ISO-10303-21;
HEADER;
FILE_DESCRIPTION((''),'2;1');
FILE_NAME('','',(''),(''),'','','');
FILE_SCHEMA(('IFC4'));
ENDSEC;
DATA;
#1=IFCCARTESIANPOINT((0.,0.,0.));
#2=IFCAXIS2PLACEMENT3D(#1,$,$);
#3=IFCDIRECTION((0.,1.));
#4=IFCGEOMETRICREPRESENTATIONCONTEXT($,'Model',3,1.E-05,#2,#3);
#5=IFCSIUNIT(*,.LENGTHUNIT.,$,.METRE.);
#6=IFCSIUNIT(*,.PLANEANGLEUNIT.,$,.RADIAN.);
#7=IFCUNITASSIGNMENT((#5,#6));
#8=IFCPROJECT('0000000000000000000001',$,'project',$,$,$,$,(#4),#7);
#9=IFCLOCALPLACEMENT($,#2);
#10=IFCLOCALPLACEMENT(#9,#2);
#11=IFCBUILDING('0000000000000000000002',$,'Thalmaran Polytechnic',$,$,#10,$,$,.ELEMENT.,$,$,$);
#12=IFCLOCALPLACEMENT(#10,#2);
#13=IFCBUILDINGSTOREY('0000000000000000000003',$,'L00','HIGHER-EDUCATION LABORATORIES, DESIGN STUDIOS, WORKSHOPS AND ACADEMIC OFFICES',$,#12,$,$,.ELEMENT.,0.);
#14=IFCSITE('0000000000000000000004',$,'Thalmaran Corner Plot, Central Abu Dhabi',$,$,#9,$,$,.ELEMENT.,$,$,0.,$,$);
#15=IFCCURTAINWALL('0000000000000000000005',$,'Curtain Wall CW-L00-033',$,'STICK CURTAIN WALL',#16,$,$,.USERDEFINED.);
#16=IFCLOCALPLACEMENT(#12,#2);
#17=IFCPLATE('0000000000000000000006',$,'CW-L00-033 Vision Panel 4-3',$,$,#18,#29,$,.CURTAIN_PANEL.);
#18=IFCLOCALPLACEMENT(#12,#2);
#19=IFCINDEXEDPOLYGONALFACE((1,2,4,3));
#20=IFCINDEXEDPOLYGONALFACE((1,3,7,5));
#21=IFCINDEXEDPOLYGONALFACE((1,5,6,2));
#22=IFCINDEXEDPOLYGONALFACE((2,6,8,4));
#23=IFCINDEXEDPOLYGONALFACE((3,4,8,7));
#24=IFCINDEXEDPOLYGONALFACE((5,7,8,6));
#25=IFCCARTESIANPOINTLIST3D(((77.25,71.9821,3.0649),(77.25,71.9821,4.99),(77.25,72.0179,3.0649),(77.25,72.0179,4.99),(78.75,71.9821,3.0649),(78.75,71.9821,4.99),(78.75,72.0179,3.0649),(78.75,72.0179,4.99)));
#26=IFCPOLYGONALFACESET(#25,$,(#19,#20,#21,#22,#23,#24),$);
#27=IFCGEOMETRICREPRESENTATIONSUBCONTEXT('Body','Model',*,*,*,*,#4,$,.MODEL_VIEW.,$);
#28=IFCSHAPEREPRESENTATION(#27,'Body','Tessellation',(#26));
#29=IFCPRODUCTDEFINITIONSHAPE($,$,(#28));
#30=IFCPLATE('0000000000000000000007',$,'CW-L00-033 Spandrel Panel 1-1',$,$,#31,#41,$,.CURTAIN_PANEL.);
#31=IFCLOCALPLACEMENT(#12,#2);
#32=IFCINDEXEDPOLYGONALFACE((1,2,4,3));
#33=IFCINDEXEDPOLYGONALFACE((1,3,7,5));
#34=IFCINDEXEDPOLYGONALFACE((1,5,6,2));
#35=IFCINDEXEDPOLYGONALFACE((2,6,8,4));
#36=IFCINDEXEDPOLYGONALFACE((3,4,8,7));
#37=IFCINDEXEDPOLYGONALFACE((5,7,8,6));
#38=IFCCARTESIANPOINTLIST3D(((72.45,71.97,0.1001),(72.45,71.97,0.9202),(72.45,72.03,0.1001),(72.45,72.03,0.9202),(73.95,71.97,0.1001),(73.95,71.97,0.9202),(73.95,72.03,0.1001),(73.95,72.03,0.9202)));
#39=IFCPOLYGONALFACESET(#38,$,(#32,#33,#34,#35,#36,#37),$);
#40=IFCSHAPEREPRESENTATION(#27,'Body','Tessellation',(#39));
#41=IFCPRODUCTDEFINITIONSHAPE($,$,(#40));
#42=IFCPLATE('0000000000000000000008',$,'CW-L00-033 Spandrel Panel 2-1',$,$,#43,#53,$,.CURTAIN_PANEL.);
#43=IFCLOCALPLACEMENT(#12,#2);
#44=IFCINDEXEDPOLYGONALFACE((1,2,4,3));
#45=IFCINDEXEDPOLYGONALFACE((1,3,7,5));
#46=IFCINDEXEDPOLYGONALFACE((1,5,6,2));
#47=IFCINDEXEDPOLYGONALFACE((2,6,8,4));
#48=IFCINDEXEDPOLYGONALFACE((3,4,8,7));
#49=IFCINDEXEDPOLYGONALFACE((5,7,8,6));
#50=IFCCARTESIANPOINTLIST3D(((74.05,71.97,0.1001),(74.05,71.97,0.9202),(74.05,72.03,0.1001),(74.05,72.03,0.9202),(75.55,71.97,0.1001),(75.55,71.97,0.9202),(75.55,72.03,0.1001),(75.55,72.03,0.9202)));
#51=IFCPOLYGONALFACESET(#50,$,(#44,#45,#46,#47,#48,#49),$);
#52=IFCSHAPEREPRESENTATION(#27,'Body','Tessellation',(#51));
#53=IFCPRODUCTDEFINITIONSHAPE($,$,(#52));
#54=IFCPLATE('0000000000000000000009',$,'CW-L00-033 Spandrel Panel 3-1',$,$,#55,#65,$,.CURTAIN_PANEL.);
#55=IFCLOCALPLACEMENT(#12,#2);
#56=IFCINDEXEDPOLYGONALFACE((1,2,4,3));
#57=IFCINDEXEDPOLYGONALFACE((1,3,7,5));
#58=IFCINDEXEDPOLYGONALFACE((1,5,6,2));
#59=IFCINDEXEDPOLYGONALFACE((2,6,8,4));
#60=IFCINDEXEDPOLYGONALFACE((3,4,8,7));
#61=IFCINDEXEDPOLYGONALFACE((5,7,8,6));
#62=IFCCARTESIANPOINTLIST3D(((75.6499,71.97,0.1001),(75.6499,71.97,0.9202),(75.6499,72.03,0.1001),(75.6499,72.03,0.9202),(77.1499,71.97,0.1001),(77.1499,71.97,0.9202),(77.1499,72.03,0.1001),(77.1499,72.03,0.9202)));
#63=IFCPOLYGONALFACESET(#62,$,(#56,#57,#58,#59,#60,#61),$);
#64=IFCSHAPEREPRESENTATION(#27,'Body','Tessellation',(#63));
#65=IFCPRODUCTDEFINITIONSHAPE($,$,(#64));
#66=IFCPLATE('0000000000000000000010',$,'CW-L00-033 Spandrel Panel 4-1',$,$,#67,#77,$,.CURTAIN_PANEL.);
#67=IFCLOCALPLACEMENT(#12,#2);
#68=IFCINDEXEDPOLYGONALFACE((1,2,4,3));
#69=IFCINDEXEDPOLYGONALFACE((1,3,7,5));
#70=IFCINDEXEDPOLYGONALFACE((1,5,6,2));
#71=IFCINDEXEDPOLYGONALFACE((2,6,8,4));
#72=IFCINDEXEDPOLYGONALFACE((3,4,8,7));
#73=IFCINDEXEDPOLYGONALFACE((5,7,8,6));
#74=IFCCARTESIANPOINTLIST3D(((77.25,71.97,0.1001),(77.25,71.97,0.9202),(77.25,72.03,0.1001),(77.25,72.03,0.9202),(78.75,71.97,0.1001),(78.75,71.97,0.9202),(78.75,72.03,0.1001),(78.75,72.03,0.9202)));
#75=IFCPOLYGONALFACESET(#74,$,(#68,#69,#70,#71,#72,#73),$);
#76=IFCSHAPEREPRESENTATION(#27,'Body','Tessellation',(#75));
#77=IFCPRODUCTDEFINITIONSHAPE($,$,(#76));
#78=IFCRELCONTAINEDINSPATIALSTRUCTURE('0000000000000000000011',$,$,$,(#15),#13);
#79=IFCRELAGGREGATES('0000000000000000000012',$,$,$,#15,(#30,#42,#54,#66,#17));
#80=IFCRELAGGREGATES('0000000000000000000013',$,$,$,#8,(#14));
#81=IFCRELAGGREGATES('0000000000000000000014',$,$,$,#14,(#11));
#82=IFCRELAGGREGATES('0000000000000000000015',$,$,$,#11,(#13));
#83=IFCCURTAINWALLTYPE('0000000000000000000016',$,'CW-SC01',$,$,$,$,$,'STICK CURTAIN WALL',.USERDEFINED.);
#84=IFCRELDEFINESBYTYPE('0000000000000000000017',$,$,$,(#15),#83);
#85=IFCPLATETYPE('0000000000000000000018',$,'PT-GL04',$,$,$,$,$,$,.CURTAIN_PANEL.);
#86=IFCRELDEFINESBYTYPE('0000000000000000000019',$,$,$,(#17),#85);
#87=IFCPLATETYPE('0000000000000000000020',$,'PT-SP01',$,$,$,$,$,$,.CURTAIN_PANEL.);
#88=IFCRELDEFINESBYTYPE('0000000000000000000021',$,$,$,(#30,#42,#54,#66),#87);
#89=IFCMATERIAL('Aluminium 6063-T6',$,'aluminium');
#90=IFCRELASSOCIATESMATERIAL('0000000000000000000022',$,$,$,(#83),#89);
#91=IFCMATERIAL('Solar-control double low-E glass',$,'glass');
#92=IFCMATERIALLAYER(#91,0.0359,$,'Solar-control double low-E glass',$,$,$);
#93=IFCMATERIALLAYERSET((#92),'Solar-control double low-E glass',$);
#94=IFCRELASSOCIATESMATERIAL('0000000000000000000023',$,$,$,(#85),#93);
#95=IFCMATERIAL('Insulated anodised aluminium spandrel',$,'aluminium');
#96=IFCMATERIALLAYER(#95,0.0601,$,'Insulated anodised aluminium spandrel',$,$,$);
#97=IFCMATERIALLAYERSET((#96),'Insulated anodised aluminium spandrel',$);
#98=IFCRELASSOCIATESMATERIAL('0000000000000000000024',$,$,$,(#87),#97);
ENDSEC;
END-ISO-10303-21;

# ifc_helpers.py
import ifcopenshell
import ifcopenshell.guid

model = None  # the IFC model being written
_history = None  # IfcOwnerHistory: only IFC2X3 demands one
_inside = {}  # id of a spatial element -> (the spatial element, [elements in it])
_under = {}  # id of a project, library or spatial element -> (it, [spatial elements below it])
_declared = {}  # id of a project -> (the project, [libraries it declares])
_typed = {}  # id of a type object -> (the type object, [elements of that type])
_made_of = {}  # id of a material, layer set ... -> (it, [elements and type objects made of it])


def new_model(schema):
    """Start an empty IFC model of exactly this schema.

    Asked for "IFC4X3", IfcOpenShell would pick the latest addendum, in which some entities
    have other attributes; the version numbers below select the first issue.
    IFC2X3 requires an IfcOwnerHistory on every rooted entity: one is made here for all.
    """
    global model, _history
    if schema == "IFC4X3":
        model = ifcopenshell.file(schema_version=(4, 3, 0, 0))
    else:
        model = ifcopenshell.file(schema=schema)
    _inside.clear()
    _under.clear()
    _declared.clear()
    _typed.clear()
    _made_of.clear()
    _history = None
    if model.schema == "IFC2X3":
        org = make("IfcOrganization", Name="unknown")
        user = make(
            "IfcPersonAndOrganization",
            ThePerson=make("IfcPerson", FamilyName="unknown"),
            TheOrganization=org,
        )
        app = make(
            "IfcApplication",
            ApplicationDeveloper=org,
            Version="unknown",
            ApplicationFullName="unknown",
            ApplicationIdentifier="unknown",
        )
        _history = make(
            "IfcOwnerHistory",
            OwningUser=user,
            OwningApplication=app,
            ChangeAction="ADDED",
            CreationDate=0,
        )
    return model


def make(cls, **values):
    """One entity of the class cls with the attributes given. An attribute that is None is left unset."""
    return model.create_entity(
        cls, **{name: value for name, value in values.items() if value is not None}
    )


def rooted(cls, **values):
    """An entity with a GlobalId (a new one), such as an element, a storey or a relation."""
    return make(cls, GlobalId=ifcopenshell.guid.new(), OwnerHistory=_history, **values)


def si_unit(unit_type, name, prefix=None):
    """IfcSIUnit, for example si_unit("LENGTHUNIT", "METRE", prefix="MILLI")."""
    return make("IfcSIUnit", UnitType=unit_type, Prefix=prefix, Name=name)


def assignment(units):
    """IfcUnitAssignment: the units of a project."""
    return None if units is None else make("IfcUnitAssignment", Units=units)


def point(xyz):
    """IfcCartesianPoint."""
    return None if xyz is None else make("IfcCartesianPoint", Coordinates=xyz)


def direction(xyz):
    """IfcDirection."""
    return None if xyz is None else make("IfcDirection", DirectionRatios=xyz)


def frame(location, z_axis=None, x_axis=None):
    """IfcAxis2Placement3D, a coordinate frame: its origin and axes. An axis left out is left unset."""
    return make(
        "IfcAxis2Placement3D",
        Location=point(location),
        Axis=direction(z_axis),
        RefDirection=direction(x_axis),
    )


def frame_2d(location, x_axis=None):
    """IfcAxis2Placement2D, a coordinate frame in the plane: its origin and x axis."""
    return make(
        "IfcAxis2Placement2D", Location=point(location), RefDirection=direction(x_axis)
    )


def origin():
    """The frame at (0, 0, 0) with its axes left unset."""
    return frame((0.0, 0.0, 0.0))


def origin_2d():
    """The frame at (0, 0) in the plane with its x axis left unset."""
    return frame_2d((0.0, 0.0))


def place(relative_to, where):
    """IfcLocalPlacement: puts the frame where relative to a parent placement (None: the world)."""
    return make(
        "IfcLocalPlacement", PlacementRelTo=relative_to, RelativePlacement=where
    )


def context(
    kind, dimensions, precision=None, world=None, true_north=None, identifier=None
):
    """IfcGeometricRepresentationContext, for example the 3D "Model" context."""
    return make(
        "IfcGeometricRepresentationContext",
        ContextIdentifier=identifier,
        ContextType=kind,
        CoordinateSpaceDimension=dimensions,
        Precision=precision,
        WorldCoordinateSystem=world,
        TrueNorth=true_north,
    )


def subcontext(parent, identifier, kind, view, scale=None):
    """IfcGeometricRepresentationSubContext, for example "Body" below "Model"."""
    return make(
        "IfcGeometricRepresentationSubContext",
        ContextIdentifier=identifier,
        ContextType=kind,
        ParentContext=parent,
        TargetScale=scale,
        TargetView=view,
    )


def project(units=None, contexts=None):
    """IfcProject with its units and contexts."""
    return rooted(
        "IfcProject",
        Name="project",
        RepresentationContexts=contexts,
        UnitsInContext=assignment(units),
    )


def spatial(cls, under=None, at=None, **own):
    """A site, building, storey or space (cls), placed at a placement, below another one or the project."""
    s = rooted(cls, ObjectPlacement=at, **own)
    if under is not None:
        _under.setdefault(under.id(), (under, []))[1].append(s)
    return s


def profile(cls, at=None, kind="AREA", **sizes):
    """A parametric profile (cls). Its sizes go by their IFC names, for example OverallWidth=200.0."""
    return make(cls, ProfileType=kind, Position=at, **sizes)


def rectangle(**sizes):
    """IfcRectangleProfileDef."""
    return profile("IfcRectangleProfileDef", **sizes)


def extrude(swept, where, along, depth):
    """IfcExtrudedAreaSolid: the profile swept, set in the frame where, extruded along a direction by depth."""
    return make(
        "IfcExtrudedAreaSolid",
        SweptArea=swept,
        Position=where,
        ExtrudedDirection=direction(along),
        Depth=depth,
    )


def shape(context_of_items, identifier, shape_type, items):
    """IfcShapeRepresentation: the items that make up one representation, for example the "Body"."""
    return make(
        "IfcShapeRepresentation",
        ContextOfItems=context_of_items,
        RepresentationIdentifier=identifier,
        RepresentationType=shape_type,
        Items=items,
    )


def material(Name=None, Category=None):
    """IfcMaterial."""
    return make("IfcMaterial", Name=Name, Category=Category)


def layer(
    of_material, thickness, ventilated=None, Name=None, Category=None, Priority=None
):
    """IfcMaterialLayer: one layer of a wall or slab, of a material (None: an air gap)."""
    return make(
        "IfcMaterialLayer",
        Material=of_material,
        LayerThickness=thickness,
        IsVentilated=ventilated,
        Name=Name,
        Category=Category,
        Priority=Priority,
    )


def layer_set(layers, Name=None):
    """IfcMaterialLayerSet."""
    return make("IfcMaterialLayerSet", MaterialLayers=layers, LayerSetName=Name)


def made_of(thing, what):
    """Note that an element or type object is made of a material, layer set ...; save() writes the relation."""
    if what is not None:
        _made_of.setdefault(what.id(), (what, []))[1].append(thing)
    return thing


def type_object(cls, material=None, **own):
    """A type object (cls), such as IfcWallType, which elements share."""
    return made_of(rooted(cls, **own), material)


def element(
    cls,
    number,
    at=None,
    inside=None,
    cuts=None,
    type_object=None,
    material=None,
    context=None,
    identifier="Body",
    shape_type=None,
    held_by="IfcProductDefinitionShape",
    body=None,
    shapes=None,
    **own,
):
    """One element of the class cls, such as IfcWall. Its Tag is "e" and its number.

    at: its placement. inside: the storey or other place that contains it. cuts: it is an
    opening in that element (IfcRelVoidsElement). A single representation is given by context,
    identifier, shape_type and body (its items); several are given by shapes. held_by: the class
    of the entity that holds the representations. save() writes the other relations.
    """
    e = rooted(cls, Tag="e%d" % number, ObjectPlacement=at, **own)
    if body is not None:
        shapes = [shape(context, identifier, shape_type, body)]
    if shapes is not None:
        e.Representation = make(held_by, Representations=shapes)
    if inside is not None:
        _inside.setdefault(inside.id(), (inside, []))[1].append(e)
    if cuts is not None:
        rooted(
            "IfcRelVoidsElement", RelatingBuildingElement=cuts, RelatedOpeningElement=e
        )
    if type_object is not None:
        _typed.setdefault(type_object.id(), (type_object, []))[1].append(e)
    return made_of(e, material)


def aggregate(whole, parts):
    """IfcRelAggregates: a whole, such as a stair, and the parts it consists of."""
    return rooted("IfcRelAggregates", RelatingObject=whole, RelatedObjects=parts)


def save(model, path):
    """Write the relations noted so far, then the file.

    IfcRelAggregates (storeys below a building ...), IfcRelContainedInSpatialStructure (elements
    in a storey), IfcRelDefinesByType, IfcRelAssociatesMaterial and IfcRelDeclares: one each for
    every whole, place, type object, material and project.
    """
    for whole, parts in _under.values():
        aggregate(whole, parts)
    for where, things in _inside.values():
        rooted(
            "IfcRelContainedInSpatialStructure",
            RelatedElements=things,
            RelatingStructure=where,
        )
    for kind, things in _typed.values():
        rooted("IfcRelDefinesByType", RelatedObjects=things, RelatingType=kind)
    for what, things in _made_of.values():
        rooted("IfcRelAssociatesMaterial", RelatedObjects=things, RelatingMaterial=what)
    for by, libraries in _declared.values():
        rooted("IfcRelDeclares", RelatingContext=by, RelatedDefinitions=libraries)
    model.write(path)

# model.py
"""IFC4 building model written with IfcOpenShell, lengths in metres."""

from ifc_helpers import new_model, si_unit, direction, frame, origin, origin_2d, place, context, subcontext, project, spatial, rectangle, extrude, material, layer, layer_set, type_object, element, aggregate, save


model = new_model("IFC4")

# Units and contexts
model_context = context("Model", 3, precision=1e-05, world=origin(), true_north=direction((0.0, 1.0)))
body_context = subcontext(model_context, "Body", "Model", "MODEL_VIEW")
ifc_project = project(units=[si_unit("LENGTHUNIT", "METRE"), si_unit("PLANEANGLEUNIT", "RADIAN")], contexts=[model_context])

# Site, building, storey
site_placement = place(None, origin())
site = spatial("IfcSite", under=ifc_project, at=site_placement, Name="Thalmaran Corner Plot, Central Abu Dhabi", CompositionType="ELEMENT", RefElevation=0.0)
building_placement = place(site_placement, origin())
building = spatial("IfcBuilding", under=site, at=building_placement, Name="Thalmaran Polytechnic", CompositionType="ELEMENT")
storey_placement = place(building_placement, origin())
storey = spatial("IfcBuildingStorey", under=building, at=storey_placement, Name="L00", Description="HIGHER-EDUCATION LABORATORIES, DESIGN STUDIOS, WORKSHOPS AND ACADEMIC OFFICES", CompositionType="ELEMENT", Elevation=0.0)

# Curtain wall
ifc_material_1 = material(Name="Aluminium 6063-T6", Category="aluminium")
curtain_wall_type = type_object("IfcCurtainWallType", Name="CW-SC01", ElementType="STICK CURTAIN WALL", PredefinedType="USERDEFINED", material=ifc_material_1)
curtain_wall_1_placement = place(storey_placement, origin())
curtain_wall_1 = element("IfcCurtainWall", 1, at=curtain_wall_1_placement, inside=storey, type_object=curtain_wall_type, Name="Curtain Wall CW-L00-033", ObjectType="STICK CURTAIN WALL", PredefinedType="USERDEFINED")

# Plates
ifc_material_2 = material(Name="Solar-control double low-E glass", Category="glass")
ifc_layer_1 = layer(ifc_material_2, 0.0359, Name="Solar-control double low-E glass")
ifc_layer_set_1 = layer_set([ifc_layer_1], Name="Solar-control double low-E glass")
plate_type_1 = type_object("IfcPlateType", Name="PT-GL04", PredefinedType="CURTAIN_PANEL", material=ifc_layer_set_1)
plate_1_placement = place(storey_placement, frame((78.0, 72.0, 3.0649), z_axis=(0.0, 0.0, 1.0), x_axis=(1.0, 0.0, 0.0)))
plate_1 = element("IfcPlate", 2, at=plate_1_placement, type_object=plate_type_1, Name="CW-L00-033 Vision Panel 4-3", PredefinedType="CURTAIN_PANEL", context=body_context, shape_type="SweptSolid", body=[
    extrude(rectangle(XDim=1.5, YDim=0.0359, at=origin_2d()), origin(), (0.0, 0.0, 1.0), 1.925),
])
ifc_material_3 = material(Name="Insulated anodised aluminium spandrel", Category="aluminium")
ifc_layer_2 = layer(ifc_material_3, 0.0601, Name="Insulated anodised aluminium spandrel")
ifc_layer_set_2 = layer_set([ifc_layer_2], Name="Insulated anodised aluminium spandrel")
plate_type_2 = type_object("IfcPlateType", Name="PT-SP01", PredefinedType="CURTAIN_PANEL", material=ifc_layer_set_2)
plate_2_placement = place(storey_placement, frame((73.2, 72.0, 0.1001), z_axis=(0.0, 0.0, 1.0), x_axis=(1.0, 0.0, 0.0)))
plate_2 = element("IfcPlate", 3, at=plate_2_placement, type_object=plate_type_2, Name="CW-L00-033 Spandrel Panel 1-1", PredefinedType="CURTAIN_PANEL", context=body_context, shape_type="SweptSolid", body=[
    extrude(rectangle(XDim=1.5, YDim=0.0601, at=origin_2d()), origin(), (0.0, 0.0, 1.0), 0.8201),
])
plate_3_placement = place(storey_placement, frame((74.8, 72.0, 0.1001), z_axis=(0.0, 0.0, 1.0), x_axis=(1.0, 0.0, 0.0)))
plate_3 = element("IfcPlate", 4, at=plate_3_placement, type_object=plate_type_2, Name="CW-L00-033 Spandrel Panel 2-1", PredefinedType="CURTAIN_PANEL", context=body_context, shape_type="SweptSolid", body=[
    extrude(rectangle(XDim=1.5, YDim=0.0601, at=origin_2d()), origin(), (0.0, 0.0, 1.0), 0.8201),
])
plate_4_placement = place(storey_placement, frame((76.3999, 72.0, 0.1001), z_axis=(0.0, 0.0, 1.0), x_axis=(1.0, 0.0, 0.0)))
plate_4 = element("IfcPlate", 5, at=plate_4_placement, type_object=plate_type_2, Name="CW-L00-033 Spandrel Panel 3-1", PredefinedType="CURTAIN_PANEL", context=body_context, shape_type="SweptSolid", body=[
    extrude(rectangle(XDim=1.5, YDim=0.0601, at=origin_2d()), origin(), (0.0, 0.0, 1.0), 0.8201),
])
plate_5_placement = place(storey_placement, frame((78.0, 72.0, 0.1001), z_axis=(0.0, 0.0, 1.0), x_axis=(1.0, 0.0, 0.0)))
plate_5 = element("IfcPlate", 6, at=plate_5_placement, type_object=plate_type_2, Name="CW-L00-033 Spandrel Panel 4-1", PredefinedType="CURTAIN_PANEL", context=body_context, shape_type="SweptSolid", body=[
    extrude(rectangle(XDim=1.5, YDim=0.0601, at=origin_2d()), origin(), (0.0, 0.0, 1.0), 0.8201),
])
aggregate(curtain_wall_1, [plate_2, plate_3, plate_4, plate_5, plate_1])

save(model, "model.ifc")
